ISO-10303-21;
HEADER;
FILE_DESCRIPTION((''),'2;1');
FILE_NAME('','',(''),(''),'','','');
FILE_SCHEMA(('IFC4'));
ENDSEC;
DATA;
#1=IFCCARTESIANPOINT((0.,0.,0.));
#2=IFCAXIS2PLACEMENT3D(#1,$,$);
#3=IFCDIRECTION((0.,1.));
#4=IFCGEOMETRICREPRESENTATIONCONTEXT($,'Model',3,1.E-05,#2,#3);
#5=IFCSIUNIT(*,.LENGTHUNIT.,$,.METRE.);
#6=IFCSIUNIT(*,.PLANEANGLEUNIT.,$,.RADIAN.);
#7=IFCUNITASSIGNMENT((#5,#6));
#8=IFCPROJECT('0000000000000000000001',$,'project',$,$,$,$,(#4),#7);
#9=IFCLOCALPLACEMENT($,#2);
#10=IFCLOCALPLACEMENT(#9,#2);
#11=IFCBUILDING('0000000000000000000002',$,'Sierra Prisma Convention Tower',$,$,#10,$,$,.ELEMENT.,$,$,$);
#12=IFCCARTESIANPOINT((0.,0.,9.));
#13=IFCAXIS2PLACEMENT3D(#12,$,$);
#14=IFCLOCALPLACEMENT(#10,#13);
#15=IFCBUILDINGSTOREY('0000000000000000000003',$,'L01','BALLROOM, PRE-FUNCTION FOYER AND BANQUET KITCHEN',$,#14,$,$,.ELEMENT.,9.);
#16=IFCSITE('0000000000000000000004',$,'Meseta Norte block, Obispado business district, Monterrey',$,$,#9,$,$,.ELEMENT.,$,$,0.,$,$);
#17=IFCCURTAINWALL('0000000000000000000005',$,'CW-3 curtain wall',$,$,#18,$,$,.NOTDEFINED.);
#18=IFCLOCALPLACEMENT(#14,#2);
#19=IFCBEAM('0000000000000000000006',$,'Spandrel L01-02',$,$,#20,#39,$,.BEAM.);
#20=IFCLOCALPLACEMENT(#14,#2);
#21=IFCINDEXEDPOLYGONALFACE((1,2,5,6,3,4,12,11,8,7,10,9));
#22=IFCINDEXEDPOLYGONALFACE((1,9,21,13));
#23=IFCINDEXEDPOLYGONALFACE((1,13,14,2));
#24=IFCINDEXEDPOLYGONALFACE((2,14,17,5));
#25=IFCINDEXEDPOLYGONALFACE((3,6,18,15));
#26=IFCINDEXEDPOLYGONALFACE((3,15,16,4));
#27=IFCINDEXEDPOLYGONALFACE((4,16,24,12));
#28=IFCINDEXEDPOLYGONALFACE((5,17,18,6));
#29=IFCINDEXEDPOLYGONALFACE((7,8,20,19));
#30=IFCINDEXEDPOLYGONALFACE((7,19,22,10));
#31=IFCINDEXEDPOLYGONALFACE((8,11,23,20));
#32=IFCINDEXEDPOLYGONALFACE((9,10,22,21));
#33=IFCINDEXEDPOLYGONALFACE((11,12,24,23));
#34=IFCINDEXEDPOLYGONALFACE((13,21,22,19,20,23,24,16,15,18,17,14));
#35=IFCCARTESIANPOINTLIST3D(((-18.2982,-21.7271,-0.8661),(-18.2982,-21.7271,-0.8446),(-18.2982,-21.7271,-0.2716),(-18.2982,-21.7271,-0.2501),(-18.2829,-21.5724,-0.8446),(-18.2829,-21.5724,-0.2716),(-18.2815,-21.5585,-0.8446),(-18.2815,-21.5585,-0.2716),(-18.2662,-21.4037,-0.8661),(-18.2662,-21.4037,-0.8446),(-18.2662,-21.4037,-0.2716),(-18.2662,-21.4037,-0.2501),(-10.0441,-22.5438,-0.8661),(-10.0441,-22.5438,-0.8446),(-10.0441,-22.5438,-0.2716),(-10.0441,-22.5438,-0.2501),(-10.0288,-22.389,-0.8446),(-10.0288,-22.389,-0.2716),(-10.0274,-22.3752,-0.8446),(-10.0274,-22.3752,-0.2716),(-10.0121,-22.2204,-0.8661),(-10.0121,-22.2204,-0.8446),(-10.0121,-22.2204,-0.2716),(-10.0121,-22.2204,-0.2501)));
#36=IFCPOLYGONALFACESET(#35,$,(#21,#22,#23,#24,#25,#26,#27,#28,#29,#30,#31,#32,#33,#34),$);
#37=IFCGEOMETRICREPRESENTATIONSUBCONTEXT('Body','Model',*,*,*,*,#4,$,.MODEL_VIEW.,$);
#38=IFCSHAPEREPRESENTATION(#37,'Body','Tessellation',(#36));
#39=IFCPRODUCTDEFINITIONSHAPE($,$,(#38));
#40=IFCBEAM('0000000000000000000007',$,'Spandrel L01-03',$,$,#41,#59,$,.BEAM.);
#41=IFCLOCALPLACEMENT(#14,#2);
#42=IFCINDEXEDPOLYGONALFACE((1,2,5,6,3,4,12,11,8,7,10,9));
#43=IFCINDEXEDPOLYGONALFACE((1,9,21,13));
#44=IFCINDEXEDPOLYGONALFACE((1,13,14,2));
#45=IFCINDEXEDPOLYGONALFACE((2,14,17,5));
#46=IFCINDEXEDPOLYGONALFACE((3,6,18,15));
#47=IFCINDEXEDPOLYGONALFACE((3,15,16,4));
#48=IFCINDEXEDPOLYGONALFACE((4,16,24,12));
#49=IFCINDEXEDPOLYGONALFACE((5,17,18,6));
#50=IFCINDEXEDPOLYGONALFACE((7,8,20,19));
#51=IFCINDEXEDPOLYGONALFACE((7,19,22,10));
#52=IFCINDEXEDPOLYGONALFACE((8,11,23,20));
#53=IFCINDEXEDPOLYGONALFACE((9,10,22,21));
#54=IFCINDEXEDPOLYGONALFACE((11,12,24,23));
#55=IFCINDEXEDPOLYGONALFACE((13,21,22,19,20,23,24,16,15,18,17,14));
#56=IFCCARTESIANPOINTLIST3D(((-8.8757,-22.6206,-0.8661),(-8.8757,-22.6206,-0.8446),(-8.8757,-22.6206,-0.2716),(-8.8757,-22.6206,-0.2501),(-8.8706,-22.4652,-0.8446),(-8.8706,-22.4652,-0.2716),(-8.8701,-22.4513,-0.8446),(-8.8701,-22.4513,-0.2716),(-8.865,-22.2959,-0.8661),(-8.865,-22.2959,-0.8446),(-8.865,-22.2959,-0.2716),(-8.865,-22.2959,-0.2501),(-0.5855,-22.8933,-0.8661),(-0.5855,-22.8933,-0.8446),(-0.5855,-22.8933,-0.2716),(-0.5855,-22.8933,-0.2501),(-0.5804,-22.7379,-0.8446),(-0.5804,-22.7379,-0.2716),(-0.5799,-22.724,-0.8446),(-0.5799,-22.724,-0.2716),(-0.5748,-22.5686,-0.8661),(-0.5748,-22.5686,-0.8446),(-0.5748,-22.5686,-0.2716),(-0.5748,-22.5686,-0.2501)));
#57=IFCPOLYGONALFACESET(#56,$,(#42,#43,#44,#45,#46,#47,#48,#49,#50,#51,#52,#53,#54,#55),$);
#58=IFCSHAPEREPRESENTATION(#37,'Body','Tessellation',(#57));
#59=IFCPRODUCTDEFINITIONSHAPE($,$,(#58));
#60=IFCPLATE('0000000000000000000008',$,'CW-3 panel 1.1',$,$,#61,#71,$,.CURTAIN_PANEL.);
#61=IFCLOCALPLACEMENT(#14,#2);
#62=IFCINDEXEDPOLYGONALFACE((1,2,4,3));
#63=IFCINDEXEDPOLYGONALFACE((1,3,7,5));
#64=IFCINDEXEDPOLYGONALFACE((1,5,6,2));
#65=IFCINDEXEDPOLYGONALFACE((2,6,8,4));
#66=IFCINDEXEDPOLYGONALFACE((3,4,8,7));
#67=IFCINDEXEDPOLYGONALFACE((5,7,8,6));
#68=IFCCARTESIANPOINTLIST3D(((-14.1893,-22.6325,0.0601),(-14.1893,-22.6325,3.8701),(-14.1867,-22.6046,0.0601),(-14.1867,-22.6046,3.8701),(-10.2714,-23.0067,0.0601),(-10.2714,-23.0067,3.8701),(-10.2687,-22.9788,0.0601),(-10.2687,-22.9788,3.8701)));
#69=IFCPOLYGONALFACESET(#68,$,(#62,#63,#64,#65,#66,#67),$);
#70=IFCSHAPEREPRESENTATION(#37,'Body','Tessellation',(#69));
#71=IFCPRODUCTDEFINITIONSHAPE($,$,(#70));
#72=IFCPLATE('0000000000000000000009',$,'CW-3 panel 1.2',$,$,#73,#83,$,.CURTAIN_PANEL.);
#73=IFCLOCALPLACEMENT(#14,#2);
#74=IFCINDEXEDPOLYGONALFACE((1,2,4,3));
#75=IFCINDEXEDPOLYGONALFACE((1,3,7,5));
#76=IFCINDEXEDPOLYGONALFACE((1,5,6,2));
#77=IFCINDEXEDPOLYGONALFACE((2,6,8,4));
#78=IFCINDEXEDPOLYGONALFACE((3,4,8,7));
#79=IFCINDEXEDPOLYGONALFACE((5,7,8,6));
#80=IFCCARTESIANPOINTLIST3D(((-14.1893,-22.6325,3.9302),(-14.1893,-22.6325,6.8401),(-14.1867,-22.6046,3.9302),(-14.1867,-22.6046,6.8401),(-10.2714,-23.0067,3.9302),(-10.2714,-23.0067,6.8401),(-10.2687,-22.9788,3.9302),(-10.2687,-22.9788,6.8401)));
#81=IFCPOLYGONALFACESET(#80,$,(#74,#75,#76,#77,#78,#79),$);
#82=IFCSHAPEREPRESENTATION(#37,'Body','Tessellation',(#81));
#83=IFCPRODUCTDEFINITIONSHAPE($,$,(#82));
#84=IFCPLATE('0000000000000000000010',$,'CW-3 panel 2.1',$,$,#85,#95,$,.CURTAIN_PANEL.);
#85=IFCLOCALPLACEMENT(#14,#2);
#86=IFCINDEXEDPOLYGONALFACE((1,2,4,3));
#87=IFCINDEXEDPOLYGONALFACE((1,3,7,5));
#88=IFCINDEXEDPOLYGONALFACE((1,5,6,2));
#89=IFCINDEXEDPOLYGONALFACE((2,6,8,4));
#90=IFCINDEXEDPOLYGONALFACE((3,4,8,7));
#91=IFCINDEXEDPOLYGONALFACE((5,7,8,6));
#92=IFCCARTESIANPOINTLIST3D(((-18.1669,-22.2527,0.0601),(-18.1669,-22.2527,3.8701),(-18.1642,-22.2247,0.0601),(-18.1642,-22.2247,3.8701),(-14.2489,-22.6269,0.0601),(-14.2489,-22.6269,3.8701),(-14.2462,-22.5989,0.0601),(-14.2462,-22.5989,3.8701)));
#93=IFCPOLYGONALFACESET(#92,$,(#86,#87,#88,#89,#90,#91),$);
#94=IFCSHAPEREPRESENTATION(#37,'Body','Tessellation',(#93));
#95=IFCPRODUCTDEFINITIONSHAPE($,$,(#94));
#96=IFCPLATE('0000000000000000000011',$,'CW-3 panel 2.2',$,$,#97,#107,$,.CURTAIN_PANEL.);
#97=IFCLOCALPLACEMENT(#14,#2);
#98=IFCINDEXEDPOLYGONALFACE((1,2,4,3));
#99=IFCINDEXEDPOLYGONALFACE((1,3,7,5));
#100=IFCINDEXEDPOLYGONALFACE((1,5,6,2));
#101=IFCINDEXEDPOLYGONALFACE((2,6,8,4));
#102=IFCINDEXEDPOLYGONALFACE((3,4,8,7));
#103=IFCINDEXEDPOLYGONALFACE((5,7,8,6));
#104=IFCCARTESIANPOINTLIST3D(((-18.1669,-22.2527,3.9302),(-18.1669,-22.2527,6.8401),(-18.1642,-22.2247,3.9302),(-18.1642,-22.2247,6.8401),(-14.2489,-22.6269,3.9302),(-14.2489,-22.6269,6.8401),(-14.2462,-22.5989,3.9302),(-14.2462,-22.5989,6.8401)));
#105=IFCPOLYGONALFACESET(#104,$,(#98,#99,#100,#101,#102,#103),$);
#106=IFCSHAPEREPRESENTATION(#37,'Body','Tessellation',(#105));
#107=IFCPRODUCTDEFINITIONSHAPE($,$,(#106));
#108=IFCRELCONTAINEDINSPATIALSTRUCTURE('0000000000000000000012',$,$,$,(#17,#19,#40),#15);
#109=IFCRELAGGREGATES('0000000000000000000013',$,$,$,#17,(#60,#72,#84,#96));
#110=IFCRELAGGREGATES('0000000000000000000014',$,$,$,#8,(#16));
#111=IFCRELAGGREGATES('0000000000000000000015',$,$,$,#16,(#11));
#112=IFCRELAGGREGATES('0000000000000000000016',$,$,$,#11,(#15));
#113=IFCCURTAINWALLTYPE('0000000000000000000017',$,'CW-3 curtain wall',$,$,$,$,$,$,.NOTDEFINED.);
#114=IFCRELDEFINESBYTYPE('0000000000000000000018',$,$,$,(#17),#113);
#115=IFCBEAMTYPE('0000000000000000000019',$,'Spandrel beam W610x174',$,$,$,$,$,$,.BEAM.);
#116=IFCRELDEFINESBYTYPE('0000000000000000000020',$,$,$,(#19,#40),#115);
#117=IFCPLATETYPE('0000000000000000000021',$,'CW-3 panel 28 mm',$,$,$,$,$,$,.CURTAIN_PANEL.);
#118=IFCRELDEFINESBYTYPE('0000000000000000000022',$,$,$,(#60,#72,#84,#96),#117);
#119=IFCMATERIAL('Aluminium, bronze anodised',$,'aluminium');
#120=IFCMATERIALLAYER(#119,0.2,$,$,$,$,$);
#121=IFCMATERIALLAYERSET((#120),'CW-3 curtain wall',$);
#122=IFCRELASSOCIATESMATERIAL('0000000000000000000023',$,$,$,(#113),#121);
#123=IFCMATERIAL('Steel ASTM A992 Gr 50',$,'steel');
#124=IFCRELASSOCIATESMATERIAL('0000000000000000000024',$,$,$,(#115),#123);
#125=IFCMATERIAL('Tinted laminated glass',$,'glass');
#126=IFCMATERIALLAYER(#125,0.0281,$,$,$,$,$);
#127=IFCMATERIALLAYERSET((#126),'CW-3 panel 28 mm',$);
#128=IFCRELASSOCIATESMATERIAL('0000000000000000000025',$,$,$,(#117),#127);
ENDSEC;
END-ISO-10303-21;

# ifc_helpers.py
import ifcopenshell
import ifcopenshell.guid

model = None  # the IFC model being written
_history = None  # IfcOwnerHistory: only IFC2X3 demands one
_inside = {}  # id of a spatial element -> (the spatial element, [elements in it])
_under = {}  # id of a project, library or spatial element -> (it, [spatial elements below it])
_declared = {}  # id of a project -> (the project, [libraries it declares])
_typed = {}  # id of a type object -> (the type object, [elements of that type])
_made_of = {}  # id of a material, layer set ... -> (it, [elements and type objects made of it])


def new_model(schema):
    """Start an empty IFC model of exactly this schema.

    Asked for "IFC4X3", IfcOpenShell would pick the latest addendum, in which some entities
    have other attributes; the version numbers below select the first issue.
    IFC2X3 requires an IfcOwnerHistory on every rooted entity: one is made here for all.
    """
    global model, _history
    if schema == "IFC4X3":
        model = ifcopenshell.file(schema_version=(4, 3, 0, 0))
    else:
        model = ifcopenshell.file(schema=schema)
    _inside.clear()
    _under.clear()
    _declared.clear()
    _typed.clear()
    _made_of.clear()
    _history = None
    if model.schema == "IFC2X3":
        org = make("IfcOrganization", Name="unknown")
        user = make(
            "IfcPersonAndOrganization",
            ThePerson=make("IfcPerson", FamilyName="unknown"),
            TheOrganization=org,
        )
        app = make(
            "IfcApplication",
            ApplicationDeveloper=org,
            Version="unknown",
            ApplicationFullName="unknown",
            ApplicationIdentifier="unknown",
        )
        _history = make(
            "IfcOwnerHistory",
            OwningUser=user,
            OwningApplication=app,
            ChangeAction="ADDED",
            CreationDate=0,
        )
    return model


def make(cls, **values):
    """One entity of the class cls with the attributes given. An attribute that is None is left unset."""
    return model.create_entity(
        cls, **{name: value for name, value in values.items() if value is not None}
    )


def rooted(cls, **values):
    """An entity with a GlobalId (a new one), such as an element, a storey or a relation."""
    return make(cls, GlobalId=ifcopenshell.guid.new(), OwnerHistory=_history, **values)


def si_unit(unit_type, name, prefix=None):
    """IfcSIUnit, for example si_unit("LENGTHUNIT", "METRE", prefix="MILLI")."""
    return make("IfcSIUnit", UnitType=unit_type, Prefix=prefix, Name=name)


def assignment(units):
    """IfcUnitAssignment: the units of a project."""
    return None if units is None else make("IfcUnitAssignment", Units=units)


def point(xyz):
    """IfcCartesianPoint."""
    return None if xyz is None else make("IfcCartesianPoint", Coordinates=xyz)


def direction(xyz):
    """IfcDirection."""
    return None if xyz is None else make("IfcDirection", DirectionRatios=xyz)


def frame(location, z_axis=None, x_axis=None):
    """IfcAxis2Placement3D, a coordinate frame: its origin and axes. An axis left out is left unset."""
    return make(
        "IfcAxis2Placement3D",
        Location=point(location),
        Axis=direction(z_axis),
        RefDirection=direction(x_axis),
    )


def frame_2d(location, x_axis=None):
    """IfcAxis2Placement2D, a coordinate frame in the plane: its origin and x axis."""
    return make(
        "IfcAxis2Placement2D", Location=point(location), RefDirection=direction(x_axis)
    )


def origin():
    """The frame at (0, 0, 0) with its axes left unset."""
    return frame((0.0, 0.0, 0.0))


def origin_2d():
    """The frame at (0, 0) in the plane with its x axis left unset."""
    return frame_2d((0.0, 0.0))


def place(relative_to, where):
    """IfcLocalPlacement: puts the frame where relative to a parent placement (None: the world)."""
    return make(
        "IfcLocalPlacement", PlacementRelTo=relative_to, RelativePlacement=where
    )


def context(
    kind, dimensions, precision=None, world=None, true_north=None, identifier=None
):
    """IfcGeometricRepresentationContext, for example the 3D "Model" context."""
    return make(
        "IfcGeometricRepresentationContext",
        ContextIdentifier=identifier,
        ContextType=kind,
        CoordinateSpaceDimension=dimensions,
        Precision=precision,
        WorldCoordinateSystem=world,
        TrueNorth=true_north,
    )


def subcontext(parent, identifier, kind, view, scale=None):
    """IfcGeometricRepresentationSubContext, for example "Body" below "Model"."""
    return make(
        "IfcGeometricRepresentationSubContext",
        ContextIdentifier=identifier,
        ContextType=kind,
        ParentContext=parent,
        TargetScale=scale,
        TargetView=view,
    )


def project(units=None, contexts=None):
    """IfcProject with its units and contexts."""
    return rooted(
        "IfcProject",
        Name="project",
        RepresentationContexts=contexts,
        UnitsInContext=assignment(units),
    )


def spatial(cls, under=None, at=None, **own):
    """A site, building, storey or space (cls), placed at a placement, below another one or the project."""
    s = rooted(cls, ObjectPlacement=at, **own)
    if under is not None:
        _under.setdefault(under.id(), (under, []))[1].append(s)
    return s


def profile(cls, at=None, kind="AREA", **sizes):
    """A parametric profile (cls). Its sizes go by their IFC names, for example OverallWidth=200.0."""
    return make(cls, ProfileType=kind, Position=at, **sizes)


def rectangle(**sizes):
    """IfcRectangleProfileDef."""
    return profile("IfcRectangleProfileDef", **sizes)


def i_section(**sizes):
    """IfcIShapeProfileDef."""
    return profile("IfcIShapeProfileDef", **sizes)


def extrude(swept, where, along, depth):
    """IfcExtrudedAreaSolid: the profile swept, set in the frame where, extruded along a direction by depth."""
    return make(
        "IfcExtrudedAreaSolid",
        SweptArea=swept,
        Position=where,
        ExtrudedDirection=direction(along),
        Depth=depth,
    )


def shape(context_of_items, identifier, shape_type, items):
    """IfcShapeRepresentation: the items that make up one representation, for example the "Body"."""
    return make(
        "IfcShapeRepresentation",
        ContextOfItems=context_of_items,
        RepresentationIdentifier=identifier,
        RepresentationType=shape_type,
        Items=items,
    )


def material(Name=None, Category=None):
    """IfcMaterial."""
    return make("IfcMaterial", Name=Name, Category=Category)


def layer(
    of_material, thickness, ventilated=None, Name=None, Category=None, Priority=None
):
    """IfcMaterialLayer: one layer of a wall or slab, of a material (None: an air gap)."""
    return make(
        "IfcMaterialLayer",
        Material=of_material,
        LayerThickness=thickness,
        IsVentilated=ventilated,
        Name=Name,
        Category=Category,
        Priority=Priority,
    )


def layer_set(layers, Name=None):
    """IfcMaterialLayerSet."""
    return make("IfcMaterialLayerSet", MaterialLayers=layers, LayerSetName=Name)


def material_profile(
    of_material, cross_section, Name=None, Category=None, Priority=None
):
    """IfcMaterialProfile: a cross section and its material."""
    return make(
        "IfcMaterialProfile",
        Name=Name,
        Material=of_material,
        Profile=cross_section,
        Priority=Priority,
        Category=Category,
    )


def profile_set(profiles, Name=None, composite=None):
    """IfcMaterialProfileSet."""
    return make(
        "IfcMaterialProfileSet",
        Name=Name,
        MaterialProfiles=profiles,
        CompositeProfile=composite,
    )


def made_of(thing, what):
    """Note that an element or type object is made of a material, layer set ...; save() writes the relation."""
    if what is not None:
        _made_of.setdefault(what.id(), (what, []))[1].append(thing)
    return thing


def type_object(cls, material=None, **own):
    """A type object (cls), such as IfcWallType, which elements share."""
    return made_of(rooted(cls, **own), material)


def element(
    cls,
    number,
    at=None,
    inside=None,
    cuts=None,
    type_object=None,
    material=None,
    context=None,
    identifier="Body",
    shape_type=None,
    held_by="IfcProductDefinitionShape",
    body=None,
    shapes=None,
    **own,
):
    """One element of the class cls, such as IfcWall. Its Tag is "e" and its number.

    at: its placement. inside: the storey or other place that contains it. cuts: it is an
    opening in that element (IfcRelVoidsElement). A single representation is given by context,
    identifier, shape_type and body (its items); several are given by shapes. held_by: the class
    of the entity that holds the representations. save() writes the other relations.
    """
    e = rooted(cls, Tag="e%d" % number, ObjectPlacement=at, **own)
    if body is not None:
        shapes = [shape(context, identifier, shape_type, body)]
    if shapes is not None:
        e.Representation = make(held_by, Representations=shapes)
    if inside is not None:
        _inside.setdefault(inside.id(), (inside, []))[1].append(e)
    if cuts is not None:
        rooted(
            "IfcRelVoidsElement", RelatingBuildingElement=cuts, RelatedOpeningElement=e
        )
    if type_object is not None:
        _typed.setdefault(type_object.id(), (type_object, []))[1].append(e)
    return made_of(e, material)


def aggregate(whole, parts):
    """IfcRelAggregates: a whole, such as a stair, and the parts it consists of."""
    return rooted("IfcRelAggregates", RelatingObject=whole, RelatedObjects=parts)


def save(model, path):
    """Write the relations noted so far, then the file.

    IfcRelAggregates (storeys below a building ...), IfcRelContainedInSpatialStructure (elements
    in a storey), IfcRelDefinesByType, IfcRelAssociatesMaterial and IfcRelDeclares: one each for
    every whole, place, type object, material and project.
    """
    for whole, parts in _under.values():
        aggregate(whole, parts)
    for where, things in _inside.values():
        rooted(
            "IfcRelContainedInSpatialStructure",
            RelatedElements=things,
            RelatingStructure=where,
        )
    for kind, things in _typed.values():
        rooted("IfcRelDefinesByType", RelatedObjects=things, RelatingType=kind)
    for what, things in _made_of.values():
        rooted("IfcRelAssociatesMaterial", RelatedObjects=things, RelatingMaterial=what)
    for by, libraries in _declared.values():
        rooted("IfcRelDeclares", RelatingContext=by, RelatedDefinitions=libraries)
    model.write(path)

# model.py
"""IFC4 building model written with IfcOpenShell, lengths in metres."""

from ifc_helpers import new_model, si_unit, direction, frame, origin, origin_2d, place, context, subcontext, project, spatial, rectangle, i_section, extrude, material, layer, layer_set, material_profile, profile_set, type_object, element, aggregate, save


model = new_model("IFC4")

# Units and contexts
model_context = context("Model", 3, precision=1e-05, world=origin(), true_north=direction((0.0, 1.0)))
body_context = subcontext(model_context, "Body", "Model", "MODEL_VIEW")
ifc_project = project(units=[si_unit("LENGTHUNIT", "METRE"), si_unit("PLANEANGLEUNIT", "RADIAN")], contexts=[model_context])

# Site, building, storey
site_placement = place(None, origin())
site = spatial("IfcSite", under=ifc_project, at=site_placement, Name="Meseta Norte block, Obispado business district, Monterrey", CompositionType="ELEMENT", RefElevation=0.0)
building_placement = place(site_placement, origin())
building = spatial("IfcBuilding", under=site, at=building_placement, Name="Sierra Prisma Convention Tower", CompositionType="ELEMENT")
storey_placement = place(building_placement, frame((0.0, 0.0, 9.0)))
storey = spatial("IfcBuildingStorey", under=building, at=storey_placement, Name="L01", Description="BALLROOM, PRE-FUNCTION FOYER AND BANQUET KITCHEN", CompositionType="ELEMENT", Elevation=9.0)

# Curtain wall
ifc_material_1 = material(Name="Aluminium, bronze anodised", Category="aluminium")
ifc_layer_1 = layer(ifc_material_1, 0.2)
ifc_layer_set_1 = layer_set([ifc_layer_1], Name="CW-3 curtain wall")
curtain_wall_type = type_object("IfcCurtainWallType", Name="CW-3 curtain wall", PredefinedType="NOTDEFINED", material=ifc_layer_set_1)
curtain_wall_placement = place(storey_placement, origin())
curtain_wall = element("IfcCurtainWall", 1, at=curtain_wall_placement, inside=storey, type_object=curtain_wall_type, Name="CW-3 curtain wall", PredefinedType="NOTDEFINED")

# Beams
ifc_material_2 = material(Name="Steel ASTM A992 Gr 50", Category="steel")
ifc_material_profile_1 = material_profile(ifc_material_2, i_section(OverallWidth=0.325, OverallDepth=0.616, WebThickness=0.0139, FlangeThickness=0.0215, at=origin_2d()), Name="W610x174")
ifc_profile_set_1 = profile_set([ifc_material_profile_1], Name="Steel ASTM A992 Gr 50")
beam_type_1 = type_object("IfcBeamType", Name="Spandrel beam W610x174", PredefinedType="BEAM", material=ifc_profile_set_1)
beam_1_placement = place(storey_placement, frame((-18.2822, -21.5654, -0.5581), z_axis=(0.995141, -0.098457, 0.0), x_axis=(0.098457, 0.995141, 0.0)))
element("IfcBeam", 2, at=beam_1_placement, inside=storey, type_object=beam_type_1, Name="Spandrel L01-02", PredefinedType="BEAM", context=body_context, shape_type="SweptSolid", body=[
    extrude(i_section(OverallWidth=0.325, OverallDepth=0.616, WebThickness=0.0139, FlangeThickness=0.0215, at=origin_2d()), origin(), (0.0, 0.0, 1.0), 8.2944),
])
beam_2_placement = place(storey_placement, frame((-8.8704, -22.4583, -0.5581), z_axis=(0.999459, -0.032877, 0.0), x_axis=(0.032877, 0.999459, 0.0)))
element("IfcBeam", 3, at=beam_2_placement, inside=storey, type_object=beam_type_1, Name="Spandrel L01-03", PredefinedType="BEAM", context=body_context, shape_type="SweptSolid", body=[
    extrude(i_section(OverallWidth=0.325, OverallDepth=0.616, WebThickness=0.0139, FlangeThickness=0.0215, at=origin_2d()), origin(), (0.0, 0.0, 1.0), 8.2947),
])

# Plates
ifc_material_3 = material(Name="Tinted laminated glass", Category="glass")
ifc_layer_2 = layer(ifc_material_3, 0.0281)
ifc_layer_set_2 = layer_set([ifc_layer_2], Name="CW-3 panel 28 mm")
plate_type = type_object("IfcPlateType", Name="CW-3 panel 28 mm", PredefinedType="CURTAIN_PANEL", material=ifc_layer_set_2)
plate_1_placement = place(storey_placement, frame((-12.229, -22.8057, 0.0601), z_axis=(0.0, 0.0, 1.0), x_axis=(-0.99547, 0.095075, 0.0)))
plate_1 = element("IfcPlate", 4, at=plate_1_placement, type_object=plate_type, Name="CW-3 panel 1.1", PredefinedType="CURTAIN_PANEL", context=body_context, shape_type="SweptSolid", body=[
    extrude(rectangle(XDim=3.9358, YDim=0.0281, at=origin_2d()), origin(), (0.0, 0.0, 1.0), 3.8101),
])
plate_2_placement = place(storey_placement, frame((-12.229, -22.8057, 3.9302), z_axis=(0.0, 0.0, 1.0), x_axis=(-0.99547, 0.095075, 0.0)))
plate_2 = element("IfcPlate", 5, at=plate_2_placement, type_object=plate_type, Name="CW-3 panel 1.2", PredefinedType="CURTAIN_PANEL", context=body_context, shape_type="SweptSolid", body=[
    extrude(rectangle(XDim=3.9358, YDim=0.0281, at=origin_2d()), origin(), (0.0, 0.0, 1.0), 2.9099),
])
plate_3_placement = place(storey_placement, frame((-16.2065, -22.4258, 0.0601), z_axis=(0.0, 0.0, 1.0), x_axis=(-0.99547, 0.095075, 0.0)))
plate_3 = element("IfcPlate", 6, at=plate_3_placement, type_object=plate_type, Name="CW-3 panel 2.1", PredefinedType="CURTAIN_PANEL", context=body_context, shape_type="SweptSolid", body=[
    extrude(rectangle(XDim=3.9358, YDim=0.0281, at=origin_2d()), origin(), (0.0, 0.0, 1.0), 3.8101),
])
plate_4_placement = place(storey_placement, frame((-16.2065, -22.4258, 3.9302), z_axis=(0.0, 0.0, 1.0), x_axis=(-0.99547, 0.095075, 0.0)))
plate_4 = element("IfcPlate", 7, at=plate_4_placement, type_object=plate_type, Name="CW-3 panel 2.2", PredefinedType="CURTAIN_PANEL", context=body_context, shape_type="SweptSolid", body=[
    extrude(rectangle(XDim=3.9358, YDim=0.0281, at=origin_2d()), origin(), (0.0, 0.0, 1.0), 2.9099),
])
aggregate(curtain_wall, [plate_1, plate_2, plate_3, plate_4])

save(model, "model.ifc")
